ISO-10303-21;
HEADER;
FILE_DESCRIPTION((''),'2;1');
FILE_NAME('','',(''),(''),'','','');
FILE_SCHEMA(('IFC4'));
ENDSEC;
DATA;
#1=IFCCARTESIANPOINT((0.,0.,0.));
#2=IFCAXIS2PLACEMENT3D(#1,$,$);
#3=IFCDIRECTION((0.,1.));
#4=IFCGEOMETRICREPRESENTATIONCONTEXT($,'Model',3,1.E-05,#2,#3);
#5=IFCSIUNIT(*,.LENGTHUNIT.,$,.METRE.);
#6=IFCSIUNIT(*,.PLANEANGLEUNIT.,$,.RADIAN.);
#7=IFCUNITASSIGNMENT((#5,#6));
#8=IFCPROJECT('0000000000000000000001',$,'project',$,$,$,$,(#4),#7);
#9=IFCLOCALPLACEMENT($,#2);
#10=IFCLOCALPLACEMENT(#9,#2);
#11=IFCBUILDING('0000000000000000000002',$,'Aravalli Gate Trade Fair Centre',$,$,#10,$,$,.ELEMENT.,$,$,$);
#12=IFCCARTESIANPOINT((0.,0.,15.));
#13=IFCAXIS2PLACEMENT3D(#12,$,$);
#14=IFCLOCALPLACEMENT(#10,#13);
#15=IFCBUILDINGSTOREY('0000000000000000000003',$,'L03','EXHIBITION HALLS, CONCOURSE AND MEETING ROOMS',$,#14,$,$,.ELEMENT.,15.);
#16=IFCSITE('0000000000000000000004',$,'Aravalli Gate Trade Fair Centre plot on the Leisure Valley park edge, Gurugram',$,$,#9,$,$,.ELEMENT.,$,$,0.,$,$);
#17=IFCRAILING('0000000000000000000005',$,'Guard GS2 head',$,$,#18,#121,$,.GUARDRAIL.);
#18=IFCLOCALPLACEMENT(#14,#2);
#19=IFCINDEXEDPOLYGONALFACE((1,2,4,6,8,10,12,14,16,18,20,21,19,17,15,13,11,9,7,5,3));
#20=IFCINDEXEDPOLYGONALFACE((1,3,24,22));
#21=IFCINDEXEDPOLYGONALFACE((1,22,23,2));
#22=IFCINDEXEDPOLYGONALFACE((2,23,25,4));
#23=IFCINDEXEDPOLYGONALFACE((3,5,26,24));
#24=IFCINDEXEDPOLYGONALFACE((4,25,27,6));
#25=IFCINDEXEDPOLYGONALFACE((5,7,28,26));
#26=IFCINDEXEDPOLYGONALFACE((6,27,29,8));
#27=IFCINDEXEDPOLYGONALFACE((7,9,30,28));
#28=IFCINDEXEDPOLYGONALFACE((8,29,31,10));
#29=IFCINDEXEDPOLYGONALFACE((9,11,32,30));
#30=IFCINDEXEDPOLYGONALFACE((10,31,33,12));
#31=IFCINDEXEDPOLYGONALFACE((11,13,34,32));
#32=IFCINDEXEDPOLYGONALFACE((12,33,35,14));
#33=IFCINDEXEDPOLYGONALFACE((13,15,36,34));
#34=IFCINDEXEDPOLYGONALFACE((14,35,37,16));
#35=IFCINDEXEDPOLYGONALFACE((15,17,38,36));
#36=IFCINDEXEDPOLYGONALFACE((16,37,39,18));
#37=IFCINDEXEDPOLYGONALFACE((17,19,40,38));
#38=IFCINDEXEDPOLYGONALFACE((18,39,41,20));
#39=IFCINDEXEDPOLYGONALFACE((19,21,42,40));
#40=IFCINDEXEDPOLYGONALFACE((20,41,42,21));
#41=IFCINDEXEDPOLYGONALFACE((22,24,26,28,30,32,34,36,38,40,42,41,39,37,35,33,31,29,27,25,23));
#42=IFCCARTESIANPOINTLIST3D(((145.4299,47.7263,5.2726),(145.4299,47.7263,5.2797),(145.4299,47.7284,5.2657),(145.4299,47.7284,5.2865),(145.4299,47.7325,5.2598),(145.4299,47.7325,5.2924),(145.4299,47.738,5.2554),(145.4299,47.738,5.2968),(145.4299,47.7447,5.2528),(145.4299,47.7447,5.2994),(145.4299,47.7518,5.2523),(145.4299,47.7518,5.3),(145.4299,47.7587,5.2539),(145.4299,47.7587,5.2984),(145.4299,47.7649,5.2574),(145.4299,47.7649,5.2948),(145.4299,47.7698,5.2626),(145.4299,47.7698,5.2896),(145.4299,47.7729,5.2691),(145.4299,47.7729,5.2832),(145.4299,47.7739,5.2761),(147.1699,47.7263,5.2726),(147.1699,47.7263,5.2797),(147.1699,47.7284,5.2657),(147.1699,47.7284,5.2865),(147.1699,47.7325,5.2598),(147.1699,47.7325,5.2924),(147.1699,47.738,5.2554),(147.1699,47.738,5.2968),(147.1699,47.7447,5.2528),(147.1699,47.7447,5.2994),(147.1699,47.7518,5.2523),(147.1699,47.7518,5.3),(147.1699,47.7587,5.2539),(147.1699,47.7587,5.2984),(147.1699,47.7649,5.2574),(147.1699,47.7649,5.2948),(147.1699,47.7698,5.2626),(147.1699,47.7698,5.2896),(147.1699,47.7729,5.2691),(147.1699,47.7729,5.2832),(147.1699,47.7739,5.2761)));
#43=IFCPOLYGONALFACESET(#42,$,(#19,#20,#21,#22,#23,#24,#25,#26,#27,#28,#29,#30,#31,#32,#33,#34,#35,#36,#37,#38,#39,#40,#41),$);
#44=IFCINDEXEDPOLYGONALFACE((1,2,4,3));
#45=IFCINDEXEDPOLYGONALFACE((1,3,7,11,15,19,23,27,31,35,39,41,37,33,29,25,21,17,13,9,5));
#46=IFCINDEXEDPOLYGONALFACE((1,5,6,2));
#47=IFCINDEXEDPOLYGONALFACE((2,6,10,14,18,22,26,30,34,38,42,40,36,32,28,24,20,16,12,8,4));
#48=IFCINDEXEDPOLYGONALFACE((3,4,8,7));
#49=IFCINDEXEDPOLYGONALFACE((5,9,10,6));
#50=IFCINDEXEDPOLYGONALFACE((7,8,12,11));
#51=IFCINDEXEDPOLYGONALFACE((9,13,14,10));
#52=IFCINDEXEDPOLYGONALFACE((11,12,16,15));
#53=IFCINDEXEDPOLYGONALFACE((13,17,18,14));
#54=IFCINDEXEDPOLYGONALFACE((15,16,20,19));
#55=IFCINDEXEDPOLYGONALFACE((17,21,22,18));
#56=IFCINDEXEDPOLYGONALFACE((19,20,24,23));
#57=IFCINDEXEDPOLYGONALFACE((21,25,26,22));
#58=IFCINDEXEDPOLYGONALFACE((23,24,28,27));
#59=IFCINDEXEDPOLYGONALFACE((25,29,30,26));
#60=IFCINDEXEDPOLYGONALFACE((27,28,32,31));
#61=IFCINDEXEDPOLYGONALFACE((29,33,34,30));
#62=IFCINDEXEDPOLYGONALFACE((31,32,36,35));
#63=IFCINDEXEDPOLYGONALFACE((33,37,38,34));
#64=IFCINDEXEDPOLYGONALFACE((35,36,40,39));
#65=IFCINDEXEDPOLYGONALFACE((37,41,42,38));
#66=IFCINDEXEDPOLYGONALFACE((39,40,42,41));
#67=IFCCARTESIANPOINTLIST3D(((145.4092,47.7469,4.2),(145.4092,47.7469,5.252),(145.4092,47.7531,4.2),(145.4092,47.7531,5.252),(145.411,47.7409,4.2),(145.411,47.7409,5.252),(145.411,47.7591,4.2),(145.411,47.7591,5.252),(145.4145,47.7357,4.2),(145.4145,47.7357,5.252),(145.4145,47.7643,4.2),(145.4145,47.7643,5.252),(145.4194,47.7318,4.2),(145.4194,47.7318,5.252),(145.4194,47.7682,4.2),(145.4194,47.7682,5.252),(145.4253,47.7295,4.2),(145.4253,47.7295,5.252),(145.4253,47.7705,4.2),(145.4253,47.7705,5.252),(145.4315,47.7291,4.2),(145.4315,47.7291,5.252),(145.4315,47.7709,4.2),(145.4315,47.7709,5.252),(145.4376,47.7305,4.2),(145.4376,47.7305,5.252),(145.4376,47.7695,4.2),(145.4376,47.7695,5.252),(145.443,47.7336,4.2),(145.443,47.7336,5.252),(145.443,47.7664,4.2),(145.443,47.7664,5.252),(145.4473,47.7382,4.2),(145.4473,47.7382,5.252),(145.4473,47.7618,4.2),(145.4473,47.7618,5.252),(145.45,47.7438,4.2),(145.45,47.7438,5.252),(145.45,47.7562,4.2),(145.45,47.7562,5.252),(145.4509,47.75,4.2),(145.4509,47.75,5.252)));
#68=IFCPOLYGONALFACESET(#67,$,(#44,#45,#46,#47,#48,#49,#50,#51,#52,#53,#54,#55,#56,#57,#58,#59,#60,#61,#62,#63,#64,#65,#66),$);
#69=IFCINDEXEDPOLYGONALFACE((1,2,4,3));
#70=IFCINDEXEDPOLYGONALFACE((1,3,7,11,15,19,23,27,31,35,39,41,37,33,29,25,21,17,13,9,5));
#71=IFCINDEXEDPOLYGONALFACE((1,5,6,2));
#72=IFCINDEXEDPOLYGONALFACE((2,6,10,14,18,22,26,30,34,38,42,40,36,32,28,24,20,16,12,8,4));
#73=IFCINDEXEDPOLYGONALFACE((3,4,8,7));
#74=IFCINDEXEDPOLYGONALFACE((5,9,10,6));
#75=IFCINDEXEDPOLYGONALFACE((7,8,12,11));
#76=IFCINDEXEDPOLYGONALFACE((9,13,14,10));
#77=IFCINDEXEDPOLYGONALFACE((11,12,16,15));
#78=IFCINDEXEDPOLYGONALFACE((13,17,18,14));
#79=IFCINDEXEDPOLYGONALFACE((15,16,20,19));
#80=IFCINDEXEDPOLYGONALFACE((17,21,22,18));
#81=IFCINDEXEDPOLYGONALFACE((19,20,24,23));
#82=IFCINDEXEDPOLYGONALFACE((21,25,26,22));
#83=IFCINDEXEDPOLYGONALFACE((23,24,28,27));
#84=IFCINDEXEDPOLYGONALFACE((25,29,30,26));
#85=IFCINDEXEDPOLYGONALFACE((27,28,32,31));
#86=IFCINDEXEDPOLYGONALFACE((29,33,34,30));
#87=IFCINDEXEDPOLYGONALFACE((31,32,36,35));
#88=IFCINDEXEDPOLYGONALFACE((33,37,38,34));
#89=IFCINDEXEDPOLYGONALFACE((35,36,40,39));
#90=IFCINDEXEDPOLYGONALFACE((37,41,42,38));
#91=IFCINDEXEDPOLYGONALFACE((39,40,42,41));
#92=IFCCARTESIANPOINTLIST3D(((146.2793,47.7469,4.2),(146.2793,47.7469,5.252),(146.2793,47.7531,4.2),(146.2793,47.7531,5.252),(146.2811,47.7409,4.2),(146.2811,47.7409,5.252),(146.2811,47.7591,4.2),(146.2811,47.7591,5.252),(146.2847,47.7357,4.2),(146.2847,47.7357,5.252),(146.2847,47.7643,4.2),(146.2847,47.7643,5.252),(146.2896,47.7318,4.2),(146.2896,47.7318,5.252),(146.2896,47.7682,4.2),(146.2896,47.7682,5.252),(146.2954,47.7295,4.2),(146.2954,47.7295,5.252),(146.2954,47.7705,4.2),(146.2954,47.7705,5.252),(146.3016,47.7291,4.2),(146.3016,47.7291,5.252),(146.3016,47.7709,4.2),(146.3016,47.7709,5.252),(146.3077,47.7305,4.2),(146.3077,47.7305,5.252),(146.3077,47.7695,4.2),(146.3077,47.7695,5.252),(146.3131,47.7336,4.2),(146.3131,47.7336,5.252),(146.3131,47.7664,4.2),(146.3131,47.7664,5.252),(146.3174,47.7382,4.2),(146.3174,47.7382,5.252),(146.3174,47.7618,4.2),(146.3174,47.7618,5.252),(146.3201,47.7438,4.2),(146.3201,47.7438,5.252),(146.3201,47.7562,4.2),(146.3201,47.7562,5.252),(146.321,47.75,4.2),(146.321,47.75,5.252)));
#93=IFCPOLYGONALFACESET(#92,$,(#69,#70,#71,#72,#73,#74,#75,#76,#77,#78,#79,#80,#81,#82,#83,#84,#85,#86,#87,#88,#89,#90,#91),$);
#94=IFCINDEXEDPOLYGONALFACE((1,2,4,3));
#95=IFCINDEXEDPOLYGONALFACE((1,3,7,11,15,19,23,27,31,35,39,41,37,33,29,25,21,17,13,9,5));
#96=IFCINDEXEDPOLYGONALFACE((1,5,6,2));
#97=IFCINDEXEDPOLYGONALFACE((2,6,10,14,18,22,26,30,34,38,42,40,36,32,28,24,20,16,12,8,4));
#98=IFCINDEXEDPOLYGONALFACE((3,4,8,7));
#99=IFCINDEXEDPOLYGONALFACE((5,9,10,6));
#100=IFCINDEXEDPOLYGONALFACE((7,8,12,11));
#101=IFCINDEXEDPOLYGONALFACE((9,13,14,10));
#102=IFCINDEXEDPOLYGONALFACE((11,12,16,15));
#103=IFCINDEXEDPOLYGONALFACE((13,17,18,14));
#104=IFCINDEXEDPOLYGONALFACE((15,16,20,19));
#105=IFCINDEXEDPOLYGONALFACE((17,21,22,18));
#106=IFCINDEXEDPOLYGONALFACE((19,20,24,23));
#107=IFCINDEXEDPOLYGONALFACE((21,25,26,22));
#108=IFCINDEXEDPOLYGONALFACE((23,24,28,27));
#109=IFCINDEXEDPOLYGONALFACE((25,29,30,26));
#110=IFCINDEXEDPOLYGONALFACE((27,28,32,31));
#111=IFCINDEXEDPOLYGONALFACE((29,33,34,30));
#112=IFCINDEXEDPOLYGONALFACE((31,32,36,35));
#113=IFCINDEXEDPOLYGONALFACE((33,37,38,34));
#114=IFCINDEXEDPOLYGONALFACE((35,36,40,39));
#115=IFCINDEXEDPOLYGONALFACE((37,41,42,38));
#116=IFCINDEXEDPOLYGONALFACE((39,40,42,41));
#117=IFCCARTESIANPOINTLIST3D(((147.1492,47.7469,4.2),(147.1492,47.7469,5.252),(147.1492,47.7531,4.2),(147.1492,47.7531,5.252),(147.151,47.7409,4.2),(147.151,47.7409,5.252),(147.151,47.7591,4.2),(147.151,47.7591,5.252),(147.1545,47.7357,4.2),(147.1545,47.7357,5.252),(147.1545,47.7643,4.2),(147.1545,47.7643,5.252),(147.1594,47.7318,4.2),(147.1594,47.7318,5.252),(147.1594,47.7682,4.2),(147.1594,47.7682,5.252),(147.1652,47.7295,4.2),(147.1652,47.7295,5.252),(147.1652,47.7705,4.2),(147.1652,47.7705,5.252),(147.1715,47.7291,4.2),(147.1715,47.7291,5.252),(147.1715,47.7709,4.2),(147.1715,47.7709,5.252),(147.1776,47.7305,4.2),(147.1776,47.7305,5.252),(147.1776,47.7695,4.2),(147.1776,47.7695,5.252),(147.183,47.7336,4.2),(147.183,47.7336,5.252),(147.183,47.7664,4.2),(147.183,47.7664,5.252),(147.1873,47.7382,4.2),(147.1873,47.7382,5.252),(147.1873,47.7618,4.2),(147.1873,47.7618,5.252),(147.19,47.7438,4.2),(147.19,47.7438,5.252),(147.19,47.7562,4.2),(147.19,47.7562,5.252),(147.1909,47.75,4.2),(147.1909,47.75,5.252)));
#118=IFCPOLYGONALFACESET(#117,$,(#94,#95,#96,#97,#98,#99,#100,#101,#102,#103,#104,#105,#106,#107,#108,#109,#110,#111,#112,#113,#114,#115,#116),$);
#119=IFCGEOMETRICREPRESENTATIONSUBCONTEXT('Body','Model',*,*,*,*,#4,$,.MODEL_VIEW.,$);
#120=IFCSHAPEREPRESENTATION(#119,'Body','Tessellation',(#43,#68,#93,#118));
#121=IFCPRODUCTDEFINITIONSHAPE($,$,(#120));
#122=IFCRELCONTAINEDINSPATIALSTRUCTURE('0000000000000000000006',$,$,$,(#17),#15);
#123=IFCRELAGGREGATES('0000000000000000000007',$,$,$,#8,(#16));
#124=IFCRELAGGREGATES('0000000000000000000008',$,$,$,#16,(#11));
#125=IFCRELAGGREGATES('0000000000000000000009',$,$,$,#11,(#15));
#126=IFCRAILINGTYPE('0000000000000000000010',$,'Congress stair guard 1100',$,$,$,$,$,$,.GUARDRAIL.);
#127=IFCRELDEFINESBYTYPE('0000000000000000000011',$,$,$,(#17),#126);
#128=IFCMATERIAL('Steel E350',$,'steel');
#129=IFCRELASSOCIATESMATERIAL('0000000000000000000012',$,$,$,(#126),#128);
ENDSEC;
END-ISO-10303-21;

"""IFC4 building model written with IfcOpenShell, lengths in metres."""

from ifc_helpers import new_model, si_unit, direction, frame, origin, origin_2d, place, context, subcontext, project, spatial, circle, extrude, material, type_object, element, save


model = new_model("IFC4")

# Units and contexts
model_context = context("Model", 3, precision=1e-05, world=origin(), true_north=direction((0.0, 1.0)))
body_context = subcontext(model_context, "Body", "Model", "MODEL_VIEW")
ifc_project = project(units=[si_unit("LENGTHUNIT", "METRE"), si_unit("PLANEANGLEUNIT", "RADIAN")], contexts=[model_context])

# Site, building, storey
site_placement = place(None, origin())
site = spatial("IfcSite", under=ifc_project, at=site_placement, Name="Aravalli Gate Trade Fair Centre plot on the Leisure Valley park edge, Gurugram", CompositionType="ELEMENT", RefElevation=0.0)
building_placement = place(site_placement, origin())
building = spatial("IfcBuilding", under=site, at=building_placement, Name="Aravalli Gate Trade Fair Centre", CompositionType="ELEMENT")
storey_placement = place(building_placement, frame((0.0, 0.0, 15.0)))
storey = spatial("IfcBuildingStorey", under=building, at=storey_placement, Name="L03", Description="EXHIBITION HALLS, CONCOURSE AND MEETING ROOMS", CompositionType="ELEMENT", Elevation=15.0)

# Railing
ifc_material_1 = material(Name="Steel E350", Category="steel")
railing_type_1 = type_object("IfcRailingType", Name="Congress stair guard 1100", PredefinedType="GUARDRAIL", material=ifc_material_1)
railing_1_placement = place(storey_placement, frame((145.4299, 47.75, 4.2)))
element("IfcRailing", 1, at=railing_1_placement, inside=storey, type_object=railing_type_1, Name="Guard GS2 head", PredefinedType="GUARDRAIL", context=body_context, shape_type="SweptSolid", body=[
    extrude(circle(Radius=0.0239, at=origin_2d()), frame((0.0, 0.0, 1.0762), z_axis=(1.0, 0.0, 0.0), x_axis=(0.0, 1.0, 0.0)), (0.0, 0.0, 1.0), 1.74),
    extrude(circle(Radius=0.021, at=origin_2d()), origin(), (0.0, 0.0, 1.0), 1.052),
    extrude(circle(Radius=0.021, at=origin_2d()), frame((0.8701, 0.0, 0.0)), (0.0, 0.0, 1.0), 1.052),
    extrude(circle(Radius=0.021, at=origin_2d()), frame((1.74, 0.0, 0.0)), (0.0, 0.0, 1.0), 1.052),
])

save(model, "model.ifc")
